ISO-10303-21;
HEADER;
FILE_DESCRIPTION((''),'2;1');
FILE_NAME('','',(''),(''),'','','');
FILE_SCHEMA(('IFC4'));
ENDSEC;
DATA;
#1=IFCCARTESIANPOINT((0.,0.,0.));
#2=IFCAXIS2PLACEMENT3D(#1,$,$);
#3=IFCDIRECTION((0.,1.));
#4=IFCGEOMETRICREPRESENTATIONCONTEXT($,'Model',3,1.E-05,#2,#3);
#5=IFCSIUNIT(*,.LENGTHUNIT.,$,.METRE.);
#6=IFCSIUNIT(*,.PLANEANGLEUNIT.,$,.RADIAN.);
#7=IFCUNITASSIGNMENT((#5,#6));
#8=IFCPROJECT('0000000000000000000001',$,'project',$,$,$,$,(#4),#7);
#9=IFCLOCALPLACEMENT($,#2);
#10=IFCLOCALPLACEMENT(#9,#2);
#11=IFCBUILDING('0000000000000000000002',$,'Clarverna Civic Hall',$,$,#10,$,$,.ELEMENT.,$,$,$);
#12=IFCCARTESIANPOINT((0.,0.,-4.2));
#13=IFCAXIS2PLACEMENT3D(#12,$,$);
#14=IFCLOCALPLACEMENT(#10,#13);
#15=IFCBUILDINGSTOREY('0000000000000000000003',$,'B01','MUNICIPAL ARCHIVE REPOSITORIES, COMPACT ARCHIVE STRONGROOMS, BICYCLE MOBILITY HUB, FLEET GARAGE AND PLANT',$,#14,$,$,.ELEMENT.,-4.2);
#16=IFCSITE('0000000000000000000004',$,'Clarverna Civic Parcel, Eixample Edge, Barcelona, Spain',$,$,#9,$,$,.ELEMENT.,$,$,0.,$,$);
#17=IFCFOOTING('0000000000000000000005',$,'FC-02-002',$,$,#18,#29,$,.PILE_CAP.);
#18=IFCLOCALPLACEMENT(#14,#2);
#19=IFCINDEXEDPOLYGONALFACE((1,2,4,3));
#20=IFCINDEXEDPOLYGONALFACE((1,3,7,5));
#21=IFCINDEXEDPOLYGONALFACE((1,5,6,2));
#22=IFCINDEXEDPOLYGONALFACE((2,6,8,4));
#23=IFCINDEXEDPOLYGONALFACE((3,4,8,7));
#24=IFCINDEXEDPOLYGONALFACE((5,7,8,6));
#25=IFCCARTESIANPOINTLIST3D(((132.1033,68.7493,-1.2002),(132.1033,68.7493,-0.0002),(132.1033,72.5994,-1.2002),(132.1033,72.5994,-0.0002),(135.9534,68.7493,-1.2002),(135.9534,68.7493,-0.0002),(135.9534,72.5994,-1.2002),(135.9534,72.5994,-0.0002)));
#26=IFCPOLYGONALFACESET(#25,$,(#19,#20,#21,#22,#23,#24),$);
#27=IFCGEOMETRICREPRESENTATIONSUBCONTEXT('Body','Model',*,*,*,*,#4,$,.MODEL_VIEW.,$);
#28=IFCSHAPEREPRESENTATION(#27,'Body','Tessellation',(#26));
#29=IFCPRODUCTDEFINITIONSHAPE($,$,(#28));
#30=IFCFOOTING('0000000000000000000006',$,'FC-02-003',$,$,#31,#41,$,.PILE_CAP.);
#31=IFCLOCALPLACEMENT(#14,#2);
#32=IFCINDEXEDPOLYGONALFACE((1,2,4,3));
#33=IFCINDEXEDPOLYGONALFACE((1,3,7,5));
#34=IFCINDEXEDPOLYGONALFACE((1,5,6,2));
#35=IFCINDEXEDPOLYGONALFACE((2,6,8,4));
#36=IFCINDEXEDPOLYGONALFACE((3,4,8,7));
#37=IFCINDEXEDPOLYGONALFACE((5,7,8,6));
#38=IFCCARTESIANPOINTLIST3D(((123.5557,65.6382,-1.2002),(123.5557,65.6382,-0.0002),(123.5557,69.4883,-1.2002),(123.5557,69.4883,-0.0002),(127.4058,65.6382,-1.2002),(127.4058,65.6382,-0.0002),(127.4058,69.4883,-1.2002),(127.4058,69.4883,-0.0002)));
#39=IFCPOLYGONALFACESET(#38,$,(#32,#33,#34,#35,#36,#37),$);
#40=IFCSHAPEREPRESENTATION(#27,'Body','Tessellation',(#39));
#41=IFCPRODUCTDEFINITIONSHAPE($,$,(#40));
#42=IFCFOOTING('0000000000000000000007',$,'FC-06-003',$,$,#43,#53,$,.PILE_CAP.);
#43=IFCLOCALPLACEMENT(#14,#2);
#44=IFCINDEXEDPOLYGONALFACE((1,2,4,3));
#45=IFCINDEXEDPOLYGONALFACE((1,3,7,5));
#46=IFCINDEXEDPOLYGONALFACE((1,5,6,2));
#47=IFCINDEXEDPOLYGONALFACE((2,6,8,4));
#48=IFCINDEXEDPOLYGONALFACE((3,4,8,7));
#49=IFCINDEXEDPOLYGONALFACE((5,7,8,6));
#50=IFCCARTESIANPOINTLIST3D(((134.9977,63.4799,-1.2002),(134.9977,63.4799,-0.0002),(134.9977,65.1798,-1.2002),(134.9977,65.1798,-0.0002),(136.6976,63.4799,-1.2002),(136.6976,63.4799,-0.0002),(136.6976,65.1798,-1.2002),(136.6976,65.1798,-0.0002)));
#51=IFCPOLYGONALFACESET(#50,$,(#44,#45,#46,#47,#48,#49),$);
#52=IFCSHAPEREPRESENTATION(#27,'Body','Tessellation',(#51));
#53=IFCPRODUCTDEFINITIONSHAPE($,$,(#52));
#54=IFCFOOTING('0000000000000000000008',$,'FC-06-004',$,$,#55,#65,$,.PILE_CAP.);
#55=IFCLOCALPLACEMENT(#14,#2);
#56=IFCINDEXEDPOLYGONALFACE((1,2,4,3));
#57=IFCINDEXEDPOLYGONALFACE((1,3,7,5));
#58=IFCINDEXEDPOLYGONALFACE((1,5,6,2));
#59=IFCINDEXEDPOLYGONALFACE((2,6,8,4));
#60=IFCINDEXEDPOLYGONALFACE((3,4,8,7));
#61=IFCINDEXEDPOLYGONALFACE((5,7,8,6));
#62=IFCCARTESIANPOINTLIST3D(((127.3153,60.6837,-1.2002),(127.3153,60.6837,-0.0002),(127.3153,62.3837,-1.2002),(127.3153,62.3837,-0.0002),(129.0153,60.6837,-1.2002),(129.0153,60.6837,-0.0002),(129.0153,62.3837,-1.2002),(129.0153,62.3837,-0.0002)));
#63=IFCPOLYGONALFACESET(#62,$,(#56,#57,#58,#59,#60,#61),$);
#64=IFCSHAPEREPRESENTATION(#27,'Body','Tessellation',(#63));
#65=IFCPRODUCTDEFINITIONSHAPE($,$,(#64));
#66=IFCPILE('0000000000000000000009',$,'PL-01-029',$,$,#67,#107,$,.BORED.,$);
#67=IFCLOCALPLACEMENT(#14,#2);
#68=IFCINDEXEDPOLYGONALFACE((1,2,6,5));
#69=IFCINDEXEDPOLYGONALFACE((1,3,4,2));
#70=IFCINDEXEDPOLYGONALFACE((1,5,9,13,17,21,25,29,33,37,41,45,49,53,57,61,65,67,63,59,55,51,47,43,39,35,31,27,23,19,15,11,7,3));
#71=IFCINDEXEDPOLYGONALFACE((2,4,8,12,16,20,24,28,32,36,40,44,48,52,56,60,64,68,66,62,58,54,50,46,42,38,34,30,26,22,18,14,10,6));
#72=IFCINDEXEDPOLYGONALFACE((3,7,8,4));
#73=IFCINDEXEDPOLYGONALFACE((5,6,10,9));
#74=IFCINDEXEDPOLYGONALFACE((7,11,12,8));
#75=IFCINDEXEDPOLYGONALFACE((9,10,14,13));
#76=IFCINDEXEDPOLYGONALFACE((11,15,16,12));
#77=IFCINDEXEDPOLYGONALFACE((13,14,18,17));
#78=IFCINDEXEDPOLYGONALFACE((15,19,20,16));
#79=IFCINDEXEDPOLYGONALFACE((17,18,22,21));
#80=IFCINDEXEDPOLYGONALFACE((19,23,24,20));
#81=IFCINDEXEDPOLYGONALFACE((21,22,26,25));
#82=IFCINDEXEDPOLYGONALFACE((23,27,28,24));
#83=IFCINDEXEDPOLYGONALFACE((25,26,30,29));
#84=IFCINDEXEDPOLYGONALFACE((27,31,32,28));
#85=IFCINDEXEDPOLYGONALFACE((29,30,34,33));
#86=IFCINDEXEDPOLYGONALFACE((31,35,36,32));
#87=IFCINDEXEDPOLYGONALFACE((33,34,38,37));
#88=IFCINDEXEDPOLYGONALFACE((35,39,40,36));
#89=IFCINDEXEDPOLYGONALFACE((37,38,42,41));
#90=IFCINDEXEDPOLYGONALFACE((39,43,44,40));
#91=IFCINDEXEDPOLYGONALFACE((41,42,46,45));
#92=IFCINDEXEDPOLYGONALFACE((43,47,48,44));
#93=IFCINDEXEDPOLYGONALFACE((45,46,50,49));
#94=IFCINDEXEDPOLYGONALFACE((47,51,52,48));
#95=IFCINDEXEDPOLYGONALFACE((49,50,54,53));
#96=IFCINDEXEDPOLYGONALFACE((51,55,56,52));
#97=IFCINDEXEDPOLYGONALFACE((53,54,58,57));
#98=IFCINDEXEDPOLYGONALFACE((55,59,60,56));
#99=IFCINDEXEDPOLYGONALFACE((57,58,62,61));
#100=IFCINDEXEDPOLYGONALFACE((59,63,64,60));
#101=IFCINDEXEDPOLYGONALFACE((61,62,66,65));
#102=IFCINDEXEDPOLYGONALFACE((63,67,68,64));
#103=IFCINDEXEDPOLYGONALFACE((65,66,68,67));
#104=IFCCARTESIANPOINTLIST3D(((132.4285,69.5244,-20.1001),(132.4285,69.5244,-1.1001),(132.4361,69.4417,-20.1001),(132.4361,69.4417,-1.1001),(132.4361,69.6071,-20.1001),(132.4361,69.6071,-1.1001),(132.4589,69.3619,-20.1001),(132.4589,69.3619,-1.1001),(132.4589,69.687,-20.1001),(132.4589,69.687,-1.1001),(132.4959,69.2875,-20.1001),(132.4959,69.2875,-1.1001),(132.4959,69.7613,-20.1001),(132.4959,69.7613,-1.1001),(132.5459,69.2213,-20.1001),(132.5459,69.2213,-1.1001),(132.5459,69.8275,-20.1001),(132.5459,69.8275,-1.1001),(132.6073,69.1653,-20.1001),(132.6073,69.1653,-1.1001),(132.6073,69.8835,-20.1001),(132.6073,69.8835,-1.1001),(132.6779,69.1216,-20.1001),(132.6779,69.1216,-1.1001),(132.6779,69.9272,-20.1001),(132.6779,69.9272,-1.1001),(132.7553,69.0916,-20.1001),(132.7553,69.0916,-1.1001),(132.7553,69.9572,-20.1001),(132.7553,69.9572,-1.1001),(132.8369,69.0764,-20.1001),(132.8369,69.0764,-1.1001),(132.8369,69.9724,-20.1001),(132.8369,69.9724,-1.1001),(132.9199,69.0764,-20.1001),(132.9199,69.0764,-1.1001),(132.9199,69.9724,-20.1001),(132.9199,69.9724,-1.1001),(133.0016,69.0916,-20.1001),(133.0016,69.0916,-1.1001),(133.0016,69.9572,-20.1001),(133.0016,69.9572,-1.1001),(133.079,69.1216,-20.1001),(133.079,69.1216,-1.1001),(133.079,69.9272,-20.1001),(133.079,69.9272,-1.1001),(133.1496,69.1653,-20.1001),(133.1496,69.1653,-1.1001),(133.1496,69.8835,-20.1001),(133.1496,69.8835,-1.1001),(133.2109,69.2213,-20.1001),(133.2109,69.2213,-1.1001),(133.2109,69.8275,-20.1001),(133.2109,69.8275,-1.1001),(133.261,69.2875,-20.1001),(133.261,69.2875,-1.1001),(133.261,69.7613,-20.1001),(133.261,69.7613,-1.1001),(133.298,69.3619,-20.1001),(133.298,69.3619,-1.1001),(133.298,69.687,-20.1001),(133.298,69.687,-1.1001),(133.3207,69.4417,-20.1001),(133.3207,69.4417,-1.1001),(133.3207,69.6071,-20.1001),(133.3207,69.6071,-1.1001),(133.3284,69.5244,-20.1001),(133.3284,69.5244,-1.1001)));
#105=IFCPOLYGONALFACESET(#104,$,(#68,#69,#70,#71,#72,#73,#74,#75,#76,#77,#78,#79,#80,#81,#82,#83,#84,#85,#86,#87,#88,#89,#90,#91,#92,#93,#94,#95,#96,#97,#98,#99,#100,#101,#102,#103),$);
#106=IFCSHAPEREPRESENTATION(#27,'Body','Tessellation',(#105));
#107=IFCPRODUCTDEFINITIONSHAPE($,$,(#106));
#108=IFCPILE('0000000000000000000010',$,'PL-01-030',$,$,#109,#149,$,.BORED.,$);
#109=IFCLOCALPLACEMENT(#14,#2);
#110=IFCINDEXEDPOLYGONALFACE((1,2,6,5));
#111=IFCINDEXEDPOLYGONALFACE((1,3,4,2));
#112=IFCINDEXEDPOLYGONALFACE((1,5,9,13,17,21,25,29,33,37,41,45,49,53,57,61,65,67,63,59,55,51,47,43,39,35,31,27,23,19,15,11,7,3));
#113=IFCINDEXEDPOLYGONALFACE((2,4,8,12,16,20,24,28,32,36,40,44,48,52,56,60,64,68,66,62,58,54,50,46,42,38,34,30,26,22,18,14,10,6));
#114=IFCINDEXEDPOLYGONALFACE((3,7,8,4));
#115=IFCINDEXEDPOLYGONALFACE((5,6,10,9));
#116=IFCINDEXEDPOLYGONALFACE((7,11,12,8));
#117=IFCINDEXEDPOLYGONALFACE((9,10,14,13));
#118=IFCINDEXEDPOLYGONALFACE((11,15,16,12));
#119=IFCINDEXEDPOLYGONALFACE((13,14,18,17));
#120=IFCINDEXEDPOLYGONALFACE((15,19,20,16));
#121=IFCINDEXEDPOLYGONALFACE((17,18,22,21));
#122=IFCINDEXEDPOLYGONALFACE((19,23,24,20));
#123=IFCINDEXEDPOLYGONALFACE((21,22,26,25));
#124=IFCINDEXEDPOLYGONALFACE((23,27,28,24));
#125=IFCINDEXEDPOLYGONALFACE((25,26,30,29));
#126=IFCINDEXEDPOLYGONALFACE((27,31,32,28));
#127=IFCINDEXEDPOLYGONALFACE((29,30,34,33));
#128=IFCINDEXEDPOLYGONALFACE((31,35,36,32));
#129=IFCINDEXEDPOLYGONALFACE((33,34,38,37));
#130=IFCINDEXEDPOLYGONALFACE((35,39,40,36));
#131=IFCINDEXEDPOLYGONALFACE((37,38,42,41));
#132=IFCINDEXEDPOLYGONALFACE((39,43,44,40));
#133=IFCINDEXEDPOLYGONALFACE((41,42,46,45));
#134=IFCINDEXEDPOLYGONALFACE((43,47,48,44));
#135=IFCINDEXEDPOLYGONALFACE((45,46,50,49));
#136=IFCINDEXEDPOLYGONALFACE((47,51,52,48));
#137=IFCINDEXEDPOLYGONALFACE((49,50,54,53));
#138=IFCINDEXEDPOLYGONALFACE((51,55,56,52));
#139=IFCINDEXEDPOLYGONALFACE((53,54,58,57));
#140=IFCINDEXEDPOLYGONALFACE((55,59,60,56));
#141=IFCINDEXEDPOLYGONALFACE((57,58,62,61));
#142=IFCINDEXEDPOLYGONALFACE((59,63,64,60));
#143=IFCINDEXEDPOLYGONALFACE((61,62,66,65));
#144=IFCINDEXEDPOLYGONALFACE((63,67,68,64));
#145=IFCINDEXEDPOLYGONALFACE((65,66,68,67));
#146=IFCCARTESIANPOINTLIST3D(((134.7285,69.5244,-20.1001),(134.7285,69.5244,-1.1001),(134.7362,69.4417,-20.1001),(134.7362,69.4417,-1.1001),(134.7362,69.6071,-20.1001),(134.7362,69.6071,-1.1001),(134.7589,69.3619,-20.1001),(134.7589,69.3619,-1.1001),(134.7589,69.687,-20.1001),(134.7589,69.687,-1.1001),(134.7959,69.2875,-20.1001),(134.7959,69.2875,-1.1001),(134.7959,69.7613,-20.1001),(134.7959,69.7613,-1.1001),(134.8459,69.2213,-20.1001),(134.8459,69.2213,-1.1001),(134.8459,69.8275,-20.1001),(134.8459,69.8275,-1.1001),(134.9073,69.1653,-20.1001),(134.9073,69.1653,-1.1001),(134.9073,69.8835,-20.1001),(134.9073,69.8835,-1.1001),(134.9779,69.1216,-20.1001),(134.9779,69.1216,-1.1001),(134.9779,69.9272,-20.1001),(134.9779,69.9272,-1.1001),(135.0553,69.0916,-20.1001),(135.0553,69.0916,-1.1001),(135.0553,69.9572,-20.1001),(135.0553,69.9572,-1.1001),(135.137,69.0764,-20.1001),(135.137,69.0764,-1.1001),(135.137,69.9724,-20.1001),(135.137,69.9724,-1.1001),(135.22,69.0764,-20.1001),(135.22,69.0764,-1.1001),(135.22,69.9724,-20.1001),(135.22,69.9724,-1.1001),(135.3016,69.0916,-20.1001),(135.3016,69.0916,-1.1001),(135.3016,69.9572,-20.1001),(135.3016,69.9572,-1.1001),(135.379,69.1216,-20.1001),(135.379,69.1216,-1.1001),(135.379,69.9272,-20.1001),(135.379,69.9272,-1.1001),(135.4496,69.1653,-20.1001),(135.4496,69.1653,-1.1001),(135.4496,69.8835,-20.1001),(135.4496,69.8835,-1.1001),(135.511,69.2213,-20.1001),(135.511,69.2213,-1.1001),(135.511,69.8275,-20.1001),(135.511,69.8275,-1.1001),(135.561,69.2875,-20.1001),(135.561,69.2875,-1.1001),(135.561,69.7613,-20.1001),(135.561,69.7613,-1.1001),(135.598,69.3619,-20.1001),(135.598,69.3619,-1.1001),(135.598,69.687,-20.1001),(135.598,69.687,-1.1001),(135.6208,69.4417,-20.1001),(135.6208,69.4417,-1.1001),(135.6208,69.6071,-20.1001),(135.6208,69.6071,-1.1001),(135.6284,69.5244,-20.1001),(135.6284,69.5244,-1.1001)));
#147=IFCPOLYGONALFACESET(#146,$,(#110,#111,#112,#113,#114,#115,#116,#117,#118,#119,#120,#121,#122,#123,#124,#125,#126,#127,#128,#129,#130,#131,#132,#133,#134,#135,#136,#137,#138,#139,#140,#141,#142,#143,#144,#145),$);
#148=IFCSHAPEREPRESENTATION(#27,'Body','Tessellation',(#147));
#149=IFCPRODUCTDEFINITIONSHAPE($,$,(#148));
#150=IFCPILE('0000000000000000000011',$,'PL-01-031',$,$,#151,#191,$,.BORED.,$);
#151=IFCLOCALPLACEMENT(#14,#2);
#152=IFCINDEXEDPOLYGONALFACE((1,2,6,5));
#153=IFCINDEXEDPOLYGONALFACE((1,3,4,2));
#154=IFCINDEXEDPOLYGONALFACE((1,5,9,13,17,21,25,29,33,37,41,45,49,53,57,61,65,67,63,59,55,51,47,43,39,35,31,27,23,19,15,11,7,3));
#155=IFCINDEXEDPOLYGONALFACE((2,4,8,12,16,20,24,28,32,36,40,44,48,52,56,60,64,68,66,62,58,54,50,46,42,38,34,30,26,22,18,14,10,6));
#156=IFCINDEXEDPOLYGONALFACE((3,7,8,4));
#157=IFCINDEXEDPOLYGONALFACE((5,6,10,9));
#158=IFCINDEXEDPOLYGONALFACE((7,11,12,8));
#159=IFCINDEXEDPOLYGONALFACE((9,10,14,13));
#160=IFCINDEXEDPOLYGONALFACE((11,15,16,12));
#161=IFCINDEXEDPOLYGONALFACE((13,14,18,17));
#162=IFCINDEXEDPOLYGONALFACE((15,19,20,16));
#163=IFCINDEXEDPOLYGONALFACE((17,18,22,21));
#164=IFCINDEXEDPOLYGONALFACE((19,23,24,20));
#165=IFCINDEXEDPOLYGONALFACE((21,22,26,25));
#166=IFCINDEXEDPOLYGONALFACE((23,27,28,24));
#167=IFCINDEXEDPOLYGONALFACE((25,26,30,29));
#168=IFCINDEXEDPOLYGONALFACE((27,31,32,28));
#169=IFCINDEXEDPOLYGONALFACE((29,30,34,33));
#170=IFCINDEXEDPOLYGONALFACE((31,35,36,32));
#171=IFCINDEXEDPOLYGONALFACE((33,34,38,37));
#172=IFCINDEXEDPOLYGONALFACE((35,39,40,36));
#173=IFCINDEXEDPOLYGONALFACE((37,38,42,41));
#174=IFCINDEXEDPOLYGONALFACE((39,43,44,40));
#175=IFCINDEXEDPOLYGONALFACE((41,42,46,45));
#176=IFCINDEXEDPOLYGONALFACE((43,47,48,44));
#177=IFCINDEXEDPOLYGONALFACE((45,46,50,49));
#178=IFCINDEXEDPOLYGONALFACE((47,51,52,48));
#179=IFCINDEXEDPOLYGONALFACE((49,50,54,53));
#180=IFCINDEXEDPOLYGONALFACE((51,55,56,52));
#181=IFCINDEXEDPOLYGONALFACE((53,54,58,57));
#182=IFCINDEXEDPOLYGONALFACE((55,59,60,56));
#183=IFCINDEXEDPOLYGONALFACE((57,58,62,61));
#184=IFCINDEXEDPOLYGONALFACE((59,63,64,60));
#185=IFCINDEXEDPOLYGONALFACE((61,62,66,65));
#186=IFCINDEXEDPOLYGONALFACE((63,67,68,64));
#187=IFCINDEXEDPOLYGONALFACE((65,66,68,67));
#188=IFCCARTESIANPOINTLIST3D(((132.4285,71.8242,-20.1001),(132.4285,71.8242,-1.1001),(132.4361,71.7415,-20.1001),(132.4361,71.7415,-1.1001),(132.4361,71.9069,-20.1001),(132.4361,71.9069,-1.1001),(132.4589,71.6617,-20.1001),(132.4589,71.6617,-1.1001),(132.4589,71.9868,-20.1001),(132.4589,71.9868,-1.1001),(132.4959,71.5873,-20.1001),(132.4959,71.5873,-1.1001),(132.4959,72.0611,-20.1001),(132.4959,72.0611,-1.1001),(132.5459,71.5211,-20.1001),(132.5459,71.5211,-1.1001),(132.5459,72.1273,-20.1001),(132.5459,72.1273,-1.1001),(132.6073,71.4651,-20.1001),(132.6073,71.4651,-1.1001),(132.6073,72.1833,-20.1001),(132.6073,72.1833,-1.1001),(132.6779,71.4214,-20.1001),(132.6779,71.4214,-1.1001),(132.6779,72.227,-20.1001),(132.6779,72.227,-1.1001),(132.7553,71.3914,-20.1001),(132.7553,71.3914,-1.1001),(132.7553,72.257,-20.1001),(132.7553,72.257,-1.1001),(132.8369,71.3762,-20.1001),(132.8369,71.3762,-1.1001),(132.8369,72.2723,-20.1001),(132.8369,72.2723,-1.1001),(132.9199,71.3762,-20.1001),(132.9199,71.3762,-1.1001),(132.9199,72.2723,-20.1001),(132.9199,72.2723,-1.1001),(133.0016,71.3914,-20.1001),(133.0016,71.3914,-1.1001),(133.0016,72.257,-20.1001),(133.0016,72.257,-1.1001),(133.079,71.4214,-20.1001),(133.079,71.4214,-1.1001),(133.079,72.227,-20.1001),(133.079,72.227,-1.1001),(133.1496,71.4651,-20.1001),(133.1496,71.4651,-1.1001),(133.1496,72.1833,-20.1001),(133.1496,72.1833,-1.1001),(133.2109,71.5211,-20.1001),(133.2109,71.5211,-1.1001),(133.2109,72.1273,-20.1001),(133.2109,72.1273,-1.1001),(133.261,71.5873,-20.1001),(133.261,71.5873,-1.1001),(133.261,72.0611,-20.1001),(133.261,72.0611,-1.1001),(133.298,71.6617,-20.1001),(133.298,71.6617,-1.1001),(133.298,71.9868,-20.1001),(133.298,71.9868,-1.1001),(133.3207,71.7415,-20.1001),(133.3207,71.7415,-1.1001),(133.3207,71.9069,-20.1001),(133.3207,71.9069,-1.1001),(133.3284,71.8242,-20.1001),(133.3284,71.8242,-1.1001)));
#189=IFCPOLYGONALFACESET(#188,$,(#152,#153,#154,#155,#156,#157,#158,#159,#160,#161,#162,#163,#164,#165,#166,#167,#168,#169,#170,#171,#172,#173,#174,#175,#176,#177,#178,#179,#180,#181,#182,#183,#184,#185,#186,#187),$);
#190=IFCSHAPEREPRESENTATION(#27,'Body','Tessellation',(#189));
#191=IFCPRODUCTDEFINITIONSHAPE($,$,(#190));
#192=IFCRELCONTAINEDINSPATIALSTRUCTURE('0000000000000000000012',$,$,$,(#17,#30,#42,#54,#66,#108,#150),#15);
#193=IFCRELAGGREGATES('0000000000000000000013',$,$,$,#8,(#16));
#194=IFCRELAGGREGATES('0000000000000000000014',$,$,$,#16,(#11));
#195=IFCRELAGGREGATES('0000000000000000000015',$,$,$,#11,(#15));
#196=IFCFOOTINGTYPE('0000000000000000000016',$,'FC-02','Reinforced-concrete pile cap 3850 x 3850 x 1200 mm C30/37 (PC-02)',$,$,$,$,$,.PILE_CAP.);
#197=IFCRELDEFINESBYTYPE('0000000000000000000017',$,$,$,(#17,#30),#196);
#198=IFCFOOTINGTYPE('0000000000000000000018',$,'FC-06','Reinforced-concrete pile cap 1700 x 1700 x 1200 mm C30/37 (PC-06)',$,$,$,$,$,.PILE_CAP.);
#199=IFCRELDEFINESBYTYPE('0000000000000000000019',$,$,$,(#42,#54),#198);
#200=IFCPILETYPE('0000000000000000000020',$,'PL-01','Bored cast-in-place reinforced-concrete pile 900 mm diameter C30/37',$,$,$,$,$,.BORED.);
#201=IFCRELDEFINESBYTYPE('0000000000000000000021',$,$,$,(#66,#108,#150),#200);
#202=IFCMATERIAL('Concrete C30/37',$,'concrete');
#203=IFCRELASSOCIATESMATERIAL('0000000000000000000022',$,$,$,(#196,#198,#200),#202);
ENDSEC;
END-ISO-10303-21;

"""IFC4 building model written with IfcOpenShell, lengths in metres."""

from ifc_helpers import new_model, si_unit, direction, frame, origin, origin_2d, place, context, subcontext, project, spatial, rectangle, circle, extrude, material, material_profile, profile_set, type_object, element, save


model = new_model("IFC4")

# Units and contexts
model_context = context("Model", 3, precision=1e-05, world=origin(), true_north=direction((0.0, 1.0)))
body_context = subcontext(model_context, "Body", "Model", "MODEL_VIEW")
ifc_project = project(units=[si_unit("LENGTHUNIT", "METRE"), si_unit("PLANEANGLEUNIT", "RADIAN")], contexts=[model_context])

# Site, building, storey
site_placement = place(None, origin())
site = spatial("IfcSite", under=ifc_project, at=site_placement, Name="Clarverna Civic Parcel, Eixample Edge, Barcelona, Spain", CompositionType="ELEMENT", RefElevation=0.0)
building_placement = place(site_placement, origin())
building = spatial("IfcBuilding", under=site, at=building_placement, Name="Clarverna Civic Hall", CompositionType="ELEMENT")
storey_placement = place(building_placement, frame((0.0, 0.0, -4.2)))
storey = spatial("IfcBuildingStorey", under=building, at=storey_placement, Name="B01", Description="MUNICIPAL ARCHIVE REPOSITORIES, COMPACT ARCHIVE STRONGROOMS, BICYCLE MOBILITY HUB, FLEET GARAGE AND PLANT", CompositionType="ELEMENT", Elevation=-4.2)

# Footings
ifc_material_1 = material(Name="Concrete C30/37", Category="concrete")
footing_type_1 = type_object("IfcFootingType", Name="FC-02", Description="Reinforced-concrete pile cap 3850 x 3850 x 1200 mm C30/37 (PC-02)", PredefinedType="PILE_CAP", material=ifc_material_1)
for number, where, z_axis, x_axis, name in (
    (1, (134.0283, 70.6743, -1.2002), (0.0, 0.0, 1.0), (1.0, 0.0, 0.0), "FC-02-002"),
    (2, (125.4807, 67.5632, -1.2002), (0.0, 0.0, 1.0), (1.0, 0.0, 0.0), "FC-02-003"),
):
    element("IfcFooting", number, at=place(storey_placement, frame(where, z_axis=z_axis, x_axis=x_axis)), inside=storey, type_object=footing_type_1, Name=name, PredefinedType="PILE_CAP", context=body_context, shape_type="SweptSolid", body=[
        extrude(rectangle(XDim=3.8501, YDim=3.8501, at=origin_2d()), origin(), (0.0, 0.0, 1.0), 1.2),
    ])
footing_type_2 = type_object("IfcFootingType", Name="FC-06", Description="Reinforced-concrete pile cap 1700 x 1700 x 1200 mm C30/37 (PC-06)", PredefinedType="PILE_CAP", material=ifc_material_1)
for number, where, z_axis, x_axis, name in (
    (3, (135.8477, 64.3298, -1.2002), (0.0, 0.0, 1.0), (1.0, 0.0, 0.0), "FC-06-003"),
    (4, (128.1653, 61.5337, -1.2002), (0.0, 0.0, 1.0), (1.0, 0.0, 0.0), "FC-06-004"),
):
    element("IfcFooting", number, at=place(storey_placement, frame(where, z_axis=z_axis, x_axis=x_axis)), inside=storey, type_object=footing_type_2, Name=name, PredefinedType="PILE_CAP", context=body_context, shape_type="SweptSolid", body=[
        extrude(rectangle(XDim=1.7, YDim=1.7, at=origin_2d()), origin(), (0.0, 0.0, 1.0), 1.2),
    ])

# Piles
ifc_material_profile_1 = material_profile(ifc_material_1, circle(Radius=0.45, at=origin_2d()), Name="BORED PILE D900")
ifc_profile_set_1 = profile_set([ifc_material_profile_1], Name="Concrete C30/37")
pile_type = type_object("IfcPileType", Name="PL-01", Description="Bored cast-in-place reinforced-concrete pile 900 mm diameter C30/37", PredefinedType="BORED", material=ifc_profile_set_1)
for number, where, z_axis, x_axis, name in (
    (5, (132.8784, 69.5244, -1.1001), (0.0, 0.0, -1.0), (1.0, 0.0, 0.0), "PL-01-029"),
    (6, (135.1785, 69.5244, -1.1001), (0.0, 0.0, -1.0), (1.0, 0.0, 0.0), "PL-01-030"),
    (7, (132.8784, 71.8242, -1.1001), (0.0, 0.0, -1.0), (1.0, 0.0, 0.0), "PL-01-031"),
):
    element("IfcPile", number, at=place(storey_placement, frame(where, z_axis=z_axis, x_axis=x_axis)), inside=storey, type_object=pile_type, Name=name, PredefinedType="BORED", context=body_context, shape_type="SweptSolid", body=[
        extrude(circle(Radius=0.45, at=origin_2d()), origin(), (0.0, 0.0, 1.0), 19.0),
    ])

save(model, "model.ifc")
